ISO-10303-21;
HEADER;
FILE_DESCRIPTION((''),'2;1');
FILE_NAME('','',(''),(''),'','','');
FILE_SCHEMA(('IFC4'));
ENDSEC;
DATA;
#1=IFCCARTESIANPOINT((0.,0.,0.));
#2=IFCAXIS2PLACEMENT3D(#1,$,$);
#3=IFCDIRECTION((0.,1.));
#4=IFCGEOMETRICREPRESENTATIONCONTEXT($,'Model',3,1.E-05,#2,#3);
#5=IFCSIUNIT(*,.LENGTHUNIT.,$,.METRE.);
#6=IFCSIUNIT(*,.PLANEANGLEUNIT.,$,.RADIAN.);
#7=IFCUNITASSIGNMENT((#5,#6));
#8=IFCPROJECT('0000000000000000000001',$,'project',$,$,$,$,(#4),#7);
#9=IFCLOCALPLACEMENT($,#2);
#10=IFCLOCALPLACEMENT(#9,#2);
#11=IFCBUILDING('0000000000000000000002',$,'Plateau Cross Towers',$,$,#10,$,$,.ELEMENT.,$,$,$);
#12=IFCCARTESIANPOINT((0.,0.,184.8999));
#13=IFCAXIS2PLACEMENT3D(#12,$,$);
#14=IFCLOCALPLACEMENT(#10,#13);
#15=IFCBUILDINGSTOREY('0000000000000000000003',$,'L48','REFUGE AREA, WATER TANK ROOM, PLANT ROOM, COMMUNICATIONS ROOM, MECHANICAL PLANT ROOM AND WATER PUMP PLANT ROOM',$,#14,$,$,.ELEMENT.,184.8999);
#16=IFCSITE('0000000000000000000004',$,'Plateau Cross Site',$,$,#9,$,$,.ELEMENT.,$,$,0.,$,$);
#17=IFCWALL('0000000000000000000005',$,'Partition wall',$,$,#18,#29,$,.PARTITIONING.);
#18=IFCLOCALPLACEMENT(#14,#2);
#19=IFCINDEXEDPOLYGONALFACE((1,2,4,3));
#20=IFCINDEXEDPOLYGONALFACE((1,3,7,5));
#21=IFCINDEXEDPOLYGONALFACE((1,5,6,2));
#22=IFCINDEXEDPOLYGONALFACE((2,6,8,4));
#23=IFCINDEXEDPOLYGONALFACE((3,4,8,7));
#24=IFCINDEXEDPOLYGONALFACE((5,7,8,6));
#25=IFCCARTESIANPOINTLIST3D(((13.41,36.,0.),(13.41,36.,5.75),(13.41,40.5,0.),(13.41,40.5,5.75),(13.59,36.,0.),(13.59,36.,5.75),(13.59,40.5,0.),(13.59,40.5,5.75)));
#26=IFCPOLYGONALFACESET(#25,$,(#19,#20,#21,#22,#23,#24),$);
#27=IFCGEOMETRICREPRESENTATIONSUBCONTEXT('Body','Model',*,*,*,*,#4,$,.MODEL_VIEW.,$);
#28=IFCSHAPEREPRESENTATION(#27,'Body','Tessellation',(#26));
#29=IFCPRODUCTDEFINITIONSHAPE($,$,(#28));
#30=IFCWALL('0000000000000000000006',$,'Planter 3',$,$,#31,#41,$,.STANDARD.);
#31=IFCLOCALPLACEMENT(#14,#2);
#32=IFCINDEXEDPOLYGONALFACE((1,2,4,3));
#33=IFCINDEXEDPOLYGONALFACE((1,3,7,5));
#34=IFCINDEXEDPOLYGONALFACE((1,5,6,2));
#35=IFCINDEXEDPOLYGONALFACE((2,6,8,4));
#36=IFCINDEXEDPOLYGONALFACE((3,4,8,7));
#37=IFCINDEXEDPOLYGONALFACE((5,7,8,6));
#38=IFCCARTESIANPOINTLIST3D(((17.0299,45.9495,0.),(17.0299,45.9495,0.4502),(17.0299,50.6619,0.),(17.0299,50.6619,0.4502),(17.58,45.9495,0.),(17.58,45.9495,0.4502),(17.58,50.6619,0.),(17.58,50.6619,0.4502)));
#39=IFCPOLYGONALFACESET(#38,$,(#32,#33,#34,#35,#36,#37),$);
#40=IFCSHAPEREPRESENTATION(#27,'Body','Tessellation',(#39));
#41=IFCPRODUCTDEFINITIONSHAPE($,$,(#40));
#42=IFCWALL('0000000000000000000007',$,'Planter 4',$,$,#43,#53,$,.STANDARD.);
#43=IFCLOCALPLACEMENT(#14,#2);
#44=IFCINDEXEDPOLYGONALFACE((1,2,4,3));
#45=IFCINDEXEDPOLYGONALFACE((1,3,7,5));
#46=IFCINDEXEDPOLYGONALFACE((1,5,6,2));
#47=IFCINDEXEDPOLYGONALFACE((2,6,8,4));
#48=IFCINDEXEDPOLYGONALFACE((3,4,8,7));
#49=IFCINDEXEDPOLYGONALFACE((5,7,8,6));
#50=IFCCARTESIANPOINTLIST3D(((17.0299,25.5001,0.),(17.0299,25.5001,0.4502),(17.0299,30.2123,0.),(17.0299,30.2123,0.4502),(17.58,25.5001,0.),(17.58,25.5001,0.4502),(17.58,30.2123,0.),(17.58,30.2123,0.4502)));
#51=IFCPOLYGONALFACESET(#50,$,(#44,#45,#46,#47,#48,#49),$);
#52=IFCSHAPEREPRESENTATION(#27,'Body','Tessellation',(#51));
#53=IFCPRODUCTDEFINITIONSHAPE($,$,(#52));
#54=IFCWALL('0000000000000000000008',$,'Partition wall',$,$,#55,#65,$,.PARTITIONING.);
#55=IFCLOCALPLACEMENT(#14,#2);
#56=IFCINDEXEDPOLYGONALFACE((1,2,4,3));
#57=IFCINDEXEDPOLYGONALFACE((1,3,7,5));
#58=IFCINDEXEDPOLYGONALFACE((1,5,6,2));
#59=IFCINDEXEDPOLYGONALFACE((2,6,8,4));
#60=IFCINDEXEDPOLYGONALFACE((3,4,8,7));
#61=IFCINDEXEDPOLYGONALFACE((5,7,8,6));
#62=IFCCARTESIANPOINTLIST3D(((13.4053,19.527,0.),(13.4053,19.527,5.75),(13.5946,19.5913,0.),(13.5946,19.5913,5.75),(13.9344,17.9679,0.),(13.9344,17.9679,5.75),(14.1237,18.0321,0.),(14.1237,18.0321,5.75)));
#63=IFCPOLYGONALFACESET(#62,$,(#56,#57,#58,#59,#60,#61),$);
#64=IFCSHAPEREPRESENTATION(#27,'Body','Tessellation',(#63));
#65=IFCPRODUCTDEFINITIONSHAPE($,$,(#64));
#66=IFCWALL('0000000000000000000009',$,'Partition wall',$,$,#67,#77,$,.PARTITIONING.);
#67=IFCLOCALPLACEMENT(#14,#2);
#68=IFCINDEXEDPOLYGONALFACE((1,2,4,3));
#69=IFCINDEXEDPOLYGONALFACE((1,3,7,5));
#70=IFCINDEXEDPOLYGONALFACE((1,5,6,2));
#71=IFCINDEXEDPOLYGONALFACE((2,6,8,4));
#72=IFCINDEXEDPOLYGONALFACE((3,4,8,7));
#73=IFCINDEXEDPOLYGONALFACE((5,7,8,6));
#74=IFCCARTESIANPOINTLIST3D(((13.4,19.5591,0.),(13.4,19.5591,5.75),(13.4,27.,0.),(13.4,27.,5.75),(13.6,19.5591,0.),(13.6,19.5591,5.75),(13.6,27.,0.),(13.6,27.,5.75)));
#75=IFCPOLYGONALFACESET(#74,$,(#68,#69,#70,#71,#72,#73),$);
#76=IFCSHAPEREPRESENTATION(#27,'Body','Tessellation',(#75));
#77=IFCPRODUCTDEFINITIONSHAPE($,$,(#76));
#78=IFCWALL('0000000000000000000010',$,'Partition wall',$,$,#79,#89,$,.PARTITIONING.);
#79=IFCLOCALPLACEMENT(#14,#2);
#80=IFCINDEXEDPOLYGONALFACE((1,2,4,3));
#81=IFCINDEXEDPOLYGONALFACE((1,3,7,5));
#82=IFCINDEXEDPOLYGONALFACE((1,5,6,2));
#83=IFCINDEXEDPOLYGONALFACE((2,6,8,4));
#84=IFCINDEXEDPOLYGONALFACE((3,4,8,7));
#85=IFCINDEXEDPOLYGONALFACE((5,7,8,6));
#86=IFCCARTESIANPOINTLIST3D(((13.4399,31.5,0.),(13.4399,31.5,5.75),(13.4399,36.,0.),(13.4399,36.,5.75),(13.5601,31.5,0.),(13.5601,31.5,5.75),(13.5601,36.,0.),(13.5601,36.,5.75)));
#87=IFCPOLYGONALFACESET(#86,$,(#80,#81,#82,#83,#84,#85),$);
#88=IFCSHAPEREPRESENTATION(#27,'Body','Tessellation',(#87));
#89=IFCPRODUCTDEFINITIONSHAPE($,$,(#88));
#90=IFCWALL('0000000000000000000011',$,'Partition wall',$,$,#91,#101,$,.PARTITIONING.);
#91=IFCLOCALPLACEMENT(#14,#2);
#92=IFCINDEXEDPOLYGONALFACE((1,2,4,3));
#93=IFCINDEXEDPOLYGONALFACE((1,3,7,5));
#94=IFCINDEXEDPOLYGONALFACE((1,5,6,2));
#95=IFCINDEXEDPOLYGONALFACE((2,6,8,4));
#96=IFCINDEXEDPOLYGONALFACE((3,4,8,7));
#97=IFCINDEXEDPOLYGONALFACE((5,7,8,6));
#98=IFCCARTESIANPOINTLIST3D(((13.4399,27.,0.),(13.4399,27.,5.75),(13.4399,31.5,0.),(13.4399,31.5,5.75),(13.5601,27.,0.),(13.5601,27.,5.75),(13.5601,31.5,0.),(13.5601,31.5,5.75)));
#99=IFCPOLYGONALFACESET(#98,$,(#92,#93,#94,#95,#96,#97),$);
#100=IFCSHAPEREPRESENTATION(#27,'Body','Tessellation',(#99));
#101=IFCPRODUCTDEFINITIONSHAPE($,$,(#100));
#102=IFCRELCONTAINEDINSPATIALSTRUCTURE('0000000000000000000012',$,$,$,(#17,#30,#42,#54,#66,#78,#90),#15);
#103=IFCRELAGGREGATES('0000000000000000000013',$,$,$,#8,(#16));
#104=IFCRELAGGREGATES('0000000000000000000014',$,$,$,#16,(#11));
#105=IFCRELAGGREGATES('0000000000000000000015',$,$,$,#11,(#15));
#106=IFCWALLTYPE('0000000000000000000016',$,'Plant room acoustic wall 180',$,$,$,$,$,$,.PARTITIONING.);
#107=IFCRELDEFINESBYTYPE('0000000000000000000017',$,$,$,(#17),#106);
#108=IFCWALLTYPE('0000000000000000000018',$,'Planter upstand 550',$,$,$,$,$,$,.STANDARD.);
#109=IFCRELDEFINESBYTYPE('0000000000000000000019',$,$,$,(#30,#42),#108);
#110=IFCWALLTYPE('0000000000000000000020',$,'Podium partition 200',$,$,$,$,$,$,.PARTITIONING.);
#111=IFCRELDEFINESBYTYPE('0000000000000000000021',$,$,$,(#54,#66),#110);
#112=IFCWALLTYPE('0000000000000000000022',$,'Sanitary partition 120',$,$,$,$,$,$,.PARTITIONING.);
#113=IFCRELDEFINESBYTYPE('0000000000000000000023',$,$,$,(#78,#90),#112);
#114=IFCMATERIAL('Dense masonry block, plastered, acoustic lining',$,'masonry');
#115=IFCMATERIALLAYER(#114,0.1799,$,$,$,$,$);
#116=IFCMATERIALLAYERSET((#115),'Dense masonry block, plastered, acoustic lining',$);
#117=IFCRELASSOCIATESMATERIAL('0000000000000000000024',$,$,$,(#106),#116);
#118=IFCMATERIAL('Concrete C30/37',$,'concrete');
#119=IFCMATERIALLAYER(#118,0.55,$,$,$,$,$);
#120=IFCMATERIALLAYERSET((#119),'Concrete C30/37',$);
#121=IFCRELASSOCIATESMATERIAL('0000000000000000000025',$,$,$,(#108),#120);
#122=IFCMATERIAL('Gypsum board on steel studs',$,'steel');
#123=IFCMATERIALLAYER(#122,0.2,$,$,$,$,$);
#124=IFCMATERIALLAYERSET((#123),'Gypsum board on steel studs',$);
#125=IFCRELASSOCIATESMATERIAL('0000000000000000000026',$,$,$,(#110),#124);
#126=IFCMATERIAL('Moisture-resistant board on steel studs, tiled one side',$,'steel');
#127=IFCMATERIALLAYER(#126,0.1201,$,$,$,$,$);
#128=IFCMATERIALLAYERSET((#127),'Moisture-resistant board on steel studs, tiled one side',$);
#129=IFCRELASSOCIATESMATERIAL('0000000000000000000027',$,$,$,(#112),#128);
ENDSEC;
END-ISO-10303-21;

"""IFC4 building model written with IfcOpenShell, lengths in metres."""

from ifc_helpers import new_model, si_unit, direction, frame, frame_2d, origin, place, context, subcontext, project, spatial, rectangle, extrude, material, layer, layer_set, type_object, element, save


model = new_model("IFC4")

# Units and contexts
model_context = context("Model", 3, precision=1e-05, world=origin(), true_north=direction((0.0, 1.0)))
body_context = subcontext(model_context, "Body", "Model", "MODEL_VIEW")
ifc_project = project(units=[si_unit("LENGTHUNIT", "METRE"), si_unit("PLANEANGLEUNIT", "RADIAN")], contexts=[model_context])

# Site, building, storey
site_placement = place(None, origin())
site = spatial("IfcSite", under=ifc_project, at=site_placement, Name="Plateau Cross Site", CompositionType="ELEMENT", RefElevation=0.0)
building_placement = place(site_placement, origin())
building = spatial("IfcBuilding", under=site, at=building_placement, Name="Plateau Cross Towers", CompositionType="ELEMENT")
storey_placement = place(building_placement, frame((0.0, 0.0, 184.8999)))
storey = spatial("IfcBuildingStorey", under=building, at=storey_placement, Name="L48", Description="REFUGE AREA, WATER TANK ROOM, PLANT ROOM, COMMUNICATIONS ROOM, MECHANICAL PLANT ROOM AND WATER PUMP PLANT ROOM", CompositionType="ELEMENT", Elevation=184.8999)

# Walls
ifc_material_1 = material(Name="Dense masonry block, plastered, acoustic lining", Category="masonry")
ifc_layer_1 = layer(ifc_material_1, 0.1799)
ifc_layer_set_1 = layer_set([ifc_layer_1], Name="Dense masonry block, plastered, acoustic lining")
wall_type_1 = type_object("IfcWallType", Name="Plant room acoustic wall 180", PredefinedType="PARTITIONING", material=ifc_layer_set_1)
wall_1_placement = place(storey_placement, frame((13.5, 36.0, 0.0), z_axis=(0.0, 0.0, 1.0), x_axis=(0.0, 1.0, 0.0)))
element("IfcWall", 1, at=wall_1_placement, inside=storey, type_object=wall_type_1, Name="Partition wall", PredefinedType="PARTITIONING", context=body_context, shape_type="SweptSolid", body=[
    extrude(rectangle(XDim=4.5, YDim=0.1799, at=frame_2d((2.25, 0.0))), origin(), (0.0, 0.0, 1.0), 5.75),
])
ifc_material_2 = material(Name="Concrete C30/37", Category="concrete")
ifc_layer_2 = layer(ifc_material_2, 0.55)
ifc_layer_set_2 = layer_set([ifc_layer_2], Name="Concrete C30/37")
wall_type_2 = type_object("IfcWallType", Name="Planter upstand 550", PredefinedType="STANDARD", material=ifc_layer_set_2)
wall_2_placement = place(storey_placement, frame((17.3049, 50.6619, 0.0), z_axis=(0.0, 0.0, 1.0), x_axis=(0.0, -1.0, 0.0)))
element("IfcWall", 2, at=wall_2_placement, inside=storey, type_object=wall_type_2, Name="Planter 3", PredefinedType="STANDARD", context=body_context, shape_type="SweptSolid", body=[
    extrude(rectangle(XDim=4.7124, YDim=0.55, at=frame_2d((2.3562, 0.0))), origin(), (0.0, 0.0, 1.0), 0.4502),
])
wall_3_placement = place(storey_placement, frame((17.3049, 30.2122, 0.0), z_axis=(0.0, 0.0, 1.0), x_axis=(0.0, -1.0, 0.0)))
element("IfcWall", 3, at=wall_3_placement, inside=storey, type_object=wall_type_2, Name="Planter 4", PredefinedType="STANDARD", context=body_context, shape_type="SweptSolid", body=[
    extrude(rectangle(XDim=4.7122, YDim=0.55, at=frame_2d((2.356, 0.0))), origin(), (0.0, 0.0, 1.0), 0.4502),
])
ifc_material_3 = material(Name="Gypsum board on steel studs", Category="steel")
ifc_layer_3 = layer(ifc_material_3, 0.2)
ifc_layer_set_3 = layer_set([ifc_layer_3], Name="Gypsum board on steel studs")
wall_type_3 = type_object("IfcWallType", Name="Podium partition 200", PredefinedType="PARTITIONING", material=ifc_layer_set_3)
wall_4_placement = place(storey_placement, frame((14.0291, 18.0, 0.0), z_axis=(0.0, 0.0, 1.0), x_axis=(-0.321339, 0.946964, 0.0)))
element("IfcWall", 4, at=wall_4_placement, inside=storey, type_object=wall_type_3, Name="Partition wall", PredefinedType="PARTITIONING", context=body_context, shape_type="SweptSolid", body=[
    extrude(rectangle(XDim=1.6465, YDim=0.2, at=frame_2d((0.8232, 0.0))), origin(), (0.0, 0.0, 1.0), 5.75),
])
wall_5_placement = place(storey_placement, frame((13.5, 19.5591, 0.0), z_axis=(0.0, 0.0, 1.0), x_axis=(0.0, 1.0, 0.0)))
element("IfcWall", 5, at=wall_5_placement, inside=storey, type_object=wall_type_3, Name="Partition wall", PredefinedType="PARTITIONING", context=body_context, shape_type="SweptSolid", body=[
    extrude(rectangle(XDim=7.4409, YDim=0.2, at=frame_2d((3.7205, 0.0))), origin(), (0.0, 0.0, 1.0), 5.75),
])
ifc_material_4 = material(Name="Moisture-resistant board on steel studs, tiled one side", Category="steel")
ifc_layer_4 = layer(ifc_material_4, 0.1201)
ifc_layer_set_4 = layer_set([ifc_layer_4], Name="Moisture-resistant board on steel studs, tiled one side")
wall_type_4 = type_object("IfcWallType", Name="Sanitary partition 120", PredefinedType="PARTITIONING", material=ifc_layer_set_4)
for number, where, z_axis, x_axis, name in (
    (6, (13.5, 31.5, 0.0), (0.0, 0.0, 1.0), (0.0, 1.0, 0.0), "Partition wall"),
    (7, (13.5, 27.0, 0.0), (0.0, 0.0, 1.0), (0.0, 1.0, 0.0), "Partition wall"),
):
    element("IfcWall", number, at=place(storey_placement, frame(where, z_axis=z_axis, x_axis=x_axis)), inside=storey, type_object=wall_type_4, Name=name, PredefinedType="PARTITIONING", context=body_context, shape_type="SweptSolid", body=[
        extrude(rectangle(XDim=4.5, YDim=0.1201, at=frame_2d((2.25, 0.0))), origin(), (0.0, 0.0, 1.0), 5.75),
    ])

save(model, "model.ifc")
